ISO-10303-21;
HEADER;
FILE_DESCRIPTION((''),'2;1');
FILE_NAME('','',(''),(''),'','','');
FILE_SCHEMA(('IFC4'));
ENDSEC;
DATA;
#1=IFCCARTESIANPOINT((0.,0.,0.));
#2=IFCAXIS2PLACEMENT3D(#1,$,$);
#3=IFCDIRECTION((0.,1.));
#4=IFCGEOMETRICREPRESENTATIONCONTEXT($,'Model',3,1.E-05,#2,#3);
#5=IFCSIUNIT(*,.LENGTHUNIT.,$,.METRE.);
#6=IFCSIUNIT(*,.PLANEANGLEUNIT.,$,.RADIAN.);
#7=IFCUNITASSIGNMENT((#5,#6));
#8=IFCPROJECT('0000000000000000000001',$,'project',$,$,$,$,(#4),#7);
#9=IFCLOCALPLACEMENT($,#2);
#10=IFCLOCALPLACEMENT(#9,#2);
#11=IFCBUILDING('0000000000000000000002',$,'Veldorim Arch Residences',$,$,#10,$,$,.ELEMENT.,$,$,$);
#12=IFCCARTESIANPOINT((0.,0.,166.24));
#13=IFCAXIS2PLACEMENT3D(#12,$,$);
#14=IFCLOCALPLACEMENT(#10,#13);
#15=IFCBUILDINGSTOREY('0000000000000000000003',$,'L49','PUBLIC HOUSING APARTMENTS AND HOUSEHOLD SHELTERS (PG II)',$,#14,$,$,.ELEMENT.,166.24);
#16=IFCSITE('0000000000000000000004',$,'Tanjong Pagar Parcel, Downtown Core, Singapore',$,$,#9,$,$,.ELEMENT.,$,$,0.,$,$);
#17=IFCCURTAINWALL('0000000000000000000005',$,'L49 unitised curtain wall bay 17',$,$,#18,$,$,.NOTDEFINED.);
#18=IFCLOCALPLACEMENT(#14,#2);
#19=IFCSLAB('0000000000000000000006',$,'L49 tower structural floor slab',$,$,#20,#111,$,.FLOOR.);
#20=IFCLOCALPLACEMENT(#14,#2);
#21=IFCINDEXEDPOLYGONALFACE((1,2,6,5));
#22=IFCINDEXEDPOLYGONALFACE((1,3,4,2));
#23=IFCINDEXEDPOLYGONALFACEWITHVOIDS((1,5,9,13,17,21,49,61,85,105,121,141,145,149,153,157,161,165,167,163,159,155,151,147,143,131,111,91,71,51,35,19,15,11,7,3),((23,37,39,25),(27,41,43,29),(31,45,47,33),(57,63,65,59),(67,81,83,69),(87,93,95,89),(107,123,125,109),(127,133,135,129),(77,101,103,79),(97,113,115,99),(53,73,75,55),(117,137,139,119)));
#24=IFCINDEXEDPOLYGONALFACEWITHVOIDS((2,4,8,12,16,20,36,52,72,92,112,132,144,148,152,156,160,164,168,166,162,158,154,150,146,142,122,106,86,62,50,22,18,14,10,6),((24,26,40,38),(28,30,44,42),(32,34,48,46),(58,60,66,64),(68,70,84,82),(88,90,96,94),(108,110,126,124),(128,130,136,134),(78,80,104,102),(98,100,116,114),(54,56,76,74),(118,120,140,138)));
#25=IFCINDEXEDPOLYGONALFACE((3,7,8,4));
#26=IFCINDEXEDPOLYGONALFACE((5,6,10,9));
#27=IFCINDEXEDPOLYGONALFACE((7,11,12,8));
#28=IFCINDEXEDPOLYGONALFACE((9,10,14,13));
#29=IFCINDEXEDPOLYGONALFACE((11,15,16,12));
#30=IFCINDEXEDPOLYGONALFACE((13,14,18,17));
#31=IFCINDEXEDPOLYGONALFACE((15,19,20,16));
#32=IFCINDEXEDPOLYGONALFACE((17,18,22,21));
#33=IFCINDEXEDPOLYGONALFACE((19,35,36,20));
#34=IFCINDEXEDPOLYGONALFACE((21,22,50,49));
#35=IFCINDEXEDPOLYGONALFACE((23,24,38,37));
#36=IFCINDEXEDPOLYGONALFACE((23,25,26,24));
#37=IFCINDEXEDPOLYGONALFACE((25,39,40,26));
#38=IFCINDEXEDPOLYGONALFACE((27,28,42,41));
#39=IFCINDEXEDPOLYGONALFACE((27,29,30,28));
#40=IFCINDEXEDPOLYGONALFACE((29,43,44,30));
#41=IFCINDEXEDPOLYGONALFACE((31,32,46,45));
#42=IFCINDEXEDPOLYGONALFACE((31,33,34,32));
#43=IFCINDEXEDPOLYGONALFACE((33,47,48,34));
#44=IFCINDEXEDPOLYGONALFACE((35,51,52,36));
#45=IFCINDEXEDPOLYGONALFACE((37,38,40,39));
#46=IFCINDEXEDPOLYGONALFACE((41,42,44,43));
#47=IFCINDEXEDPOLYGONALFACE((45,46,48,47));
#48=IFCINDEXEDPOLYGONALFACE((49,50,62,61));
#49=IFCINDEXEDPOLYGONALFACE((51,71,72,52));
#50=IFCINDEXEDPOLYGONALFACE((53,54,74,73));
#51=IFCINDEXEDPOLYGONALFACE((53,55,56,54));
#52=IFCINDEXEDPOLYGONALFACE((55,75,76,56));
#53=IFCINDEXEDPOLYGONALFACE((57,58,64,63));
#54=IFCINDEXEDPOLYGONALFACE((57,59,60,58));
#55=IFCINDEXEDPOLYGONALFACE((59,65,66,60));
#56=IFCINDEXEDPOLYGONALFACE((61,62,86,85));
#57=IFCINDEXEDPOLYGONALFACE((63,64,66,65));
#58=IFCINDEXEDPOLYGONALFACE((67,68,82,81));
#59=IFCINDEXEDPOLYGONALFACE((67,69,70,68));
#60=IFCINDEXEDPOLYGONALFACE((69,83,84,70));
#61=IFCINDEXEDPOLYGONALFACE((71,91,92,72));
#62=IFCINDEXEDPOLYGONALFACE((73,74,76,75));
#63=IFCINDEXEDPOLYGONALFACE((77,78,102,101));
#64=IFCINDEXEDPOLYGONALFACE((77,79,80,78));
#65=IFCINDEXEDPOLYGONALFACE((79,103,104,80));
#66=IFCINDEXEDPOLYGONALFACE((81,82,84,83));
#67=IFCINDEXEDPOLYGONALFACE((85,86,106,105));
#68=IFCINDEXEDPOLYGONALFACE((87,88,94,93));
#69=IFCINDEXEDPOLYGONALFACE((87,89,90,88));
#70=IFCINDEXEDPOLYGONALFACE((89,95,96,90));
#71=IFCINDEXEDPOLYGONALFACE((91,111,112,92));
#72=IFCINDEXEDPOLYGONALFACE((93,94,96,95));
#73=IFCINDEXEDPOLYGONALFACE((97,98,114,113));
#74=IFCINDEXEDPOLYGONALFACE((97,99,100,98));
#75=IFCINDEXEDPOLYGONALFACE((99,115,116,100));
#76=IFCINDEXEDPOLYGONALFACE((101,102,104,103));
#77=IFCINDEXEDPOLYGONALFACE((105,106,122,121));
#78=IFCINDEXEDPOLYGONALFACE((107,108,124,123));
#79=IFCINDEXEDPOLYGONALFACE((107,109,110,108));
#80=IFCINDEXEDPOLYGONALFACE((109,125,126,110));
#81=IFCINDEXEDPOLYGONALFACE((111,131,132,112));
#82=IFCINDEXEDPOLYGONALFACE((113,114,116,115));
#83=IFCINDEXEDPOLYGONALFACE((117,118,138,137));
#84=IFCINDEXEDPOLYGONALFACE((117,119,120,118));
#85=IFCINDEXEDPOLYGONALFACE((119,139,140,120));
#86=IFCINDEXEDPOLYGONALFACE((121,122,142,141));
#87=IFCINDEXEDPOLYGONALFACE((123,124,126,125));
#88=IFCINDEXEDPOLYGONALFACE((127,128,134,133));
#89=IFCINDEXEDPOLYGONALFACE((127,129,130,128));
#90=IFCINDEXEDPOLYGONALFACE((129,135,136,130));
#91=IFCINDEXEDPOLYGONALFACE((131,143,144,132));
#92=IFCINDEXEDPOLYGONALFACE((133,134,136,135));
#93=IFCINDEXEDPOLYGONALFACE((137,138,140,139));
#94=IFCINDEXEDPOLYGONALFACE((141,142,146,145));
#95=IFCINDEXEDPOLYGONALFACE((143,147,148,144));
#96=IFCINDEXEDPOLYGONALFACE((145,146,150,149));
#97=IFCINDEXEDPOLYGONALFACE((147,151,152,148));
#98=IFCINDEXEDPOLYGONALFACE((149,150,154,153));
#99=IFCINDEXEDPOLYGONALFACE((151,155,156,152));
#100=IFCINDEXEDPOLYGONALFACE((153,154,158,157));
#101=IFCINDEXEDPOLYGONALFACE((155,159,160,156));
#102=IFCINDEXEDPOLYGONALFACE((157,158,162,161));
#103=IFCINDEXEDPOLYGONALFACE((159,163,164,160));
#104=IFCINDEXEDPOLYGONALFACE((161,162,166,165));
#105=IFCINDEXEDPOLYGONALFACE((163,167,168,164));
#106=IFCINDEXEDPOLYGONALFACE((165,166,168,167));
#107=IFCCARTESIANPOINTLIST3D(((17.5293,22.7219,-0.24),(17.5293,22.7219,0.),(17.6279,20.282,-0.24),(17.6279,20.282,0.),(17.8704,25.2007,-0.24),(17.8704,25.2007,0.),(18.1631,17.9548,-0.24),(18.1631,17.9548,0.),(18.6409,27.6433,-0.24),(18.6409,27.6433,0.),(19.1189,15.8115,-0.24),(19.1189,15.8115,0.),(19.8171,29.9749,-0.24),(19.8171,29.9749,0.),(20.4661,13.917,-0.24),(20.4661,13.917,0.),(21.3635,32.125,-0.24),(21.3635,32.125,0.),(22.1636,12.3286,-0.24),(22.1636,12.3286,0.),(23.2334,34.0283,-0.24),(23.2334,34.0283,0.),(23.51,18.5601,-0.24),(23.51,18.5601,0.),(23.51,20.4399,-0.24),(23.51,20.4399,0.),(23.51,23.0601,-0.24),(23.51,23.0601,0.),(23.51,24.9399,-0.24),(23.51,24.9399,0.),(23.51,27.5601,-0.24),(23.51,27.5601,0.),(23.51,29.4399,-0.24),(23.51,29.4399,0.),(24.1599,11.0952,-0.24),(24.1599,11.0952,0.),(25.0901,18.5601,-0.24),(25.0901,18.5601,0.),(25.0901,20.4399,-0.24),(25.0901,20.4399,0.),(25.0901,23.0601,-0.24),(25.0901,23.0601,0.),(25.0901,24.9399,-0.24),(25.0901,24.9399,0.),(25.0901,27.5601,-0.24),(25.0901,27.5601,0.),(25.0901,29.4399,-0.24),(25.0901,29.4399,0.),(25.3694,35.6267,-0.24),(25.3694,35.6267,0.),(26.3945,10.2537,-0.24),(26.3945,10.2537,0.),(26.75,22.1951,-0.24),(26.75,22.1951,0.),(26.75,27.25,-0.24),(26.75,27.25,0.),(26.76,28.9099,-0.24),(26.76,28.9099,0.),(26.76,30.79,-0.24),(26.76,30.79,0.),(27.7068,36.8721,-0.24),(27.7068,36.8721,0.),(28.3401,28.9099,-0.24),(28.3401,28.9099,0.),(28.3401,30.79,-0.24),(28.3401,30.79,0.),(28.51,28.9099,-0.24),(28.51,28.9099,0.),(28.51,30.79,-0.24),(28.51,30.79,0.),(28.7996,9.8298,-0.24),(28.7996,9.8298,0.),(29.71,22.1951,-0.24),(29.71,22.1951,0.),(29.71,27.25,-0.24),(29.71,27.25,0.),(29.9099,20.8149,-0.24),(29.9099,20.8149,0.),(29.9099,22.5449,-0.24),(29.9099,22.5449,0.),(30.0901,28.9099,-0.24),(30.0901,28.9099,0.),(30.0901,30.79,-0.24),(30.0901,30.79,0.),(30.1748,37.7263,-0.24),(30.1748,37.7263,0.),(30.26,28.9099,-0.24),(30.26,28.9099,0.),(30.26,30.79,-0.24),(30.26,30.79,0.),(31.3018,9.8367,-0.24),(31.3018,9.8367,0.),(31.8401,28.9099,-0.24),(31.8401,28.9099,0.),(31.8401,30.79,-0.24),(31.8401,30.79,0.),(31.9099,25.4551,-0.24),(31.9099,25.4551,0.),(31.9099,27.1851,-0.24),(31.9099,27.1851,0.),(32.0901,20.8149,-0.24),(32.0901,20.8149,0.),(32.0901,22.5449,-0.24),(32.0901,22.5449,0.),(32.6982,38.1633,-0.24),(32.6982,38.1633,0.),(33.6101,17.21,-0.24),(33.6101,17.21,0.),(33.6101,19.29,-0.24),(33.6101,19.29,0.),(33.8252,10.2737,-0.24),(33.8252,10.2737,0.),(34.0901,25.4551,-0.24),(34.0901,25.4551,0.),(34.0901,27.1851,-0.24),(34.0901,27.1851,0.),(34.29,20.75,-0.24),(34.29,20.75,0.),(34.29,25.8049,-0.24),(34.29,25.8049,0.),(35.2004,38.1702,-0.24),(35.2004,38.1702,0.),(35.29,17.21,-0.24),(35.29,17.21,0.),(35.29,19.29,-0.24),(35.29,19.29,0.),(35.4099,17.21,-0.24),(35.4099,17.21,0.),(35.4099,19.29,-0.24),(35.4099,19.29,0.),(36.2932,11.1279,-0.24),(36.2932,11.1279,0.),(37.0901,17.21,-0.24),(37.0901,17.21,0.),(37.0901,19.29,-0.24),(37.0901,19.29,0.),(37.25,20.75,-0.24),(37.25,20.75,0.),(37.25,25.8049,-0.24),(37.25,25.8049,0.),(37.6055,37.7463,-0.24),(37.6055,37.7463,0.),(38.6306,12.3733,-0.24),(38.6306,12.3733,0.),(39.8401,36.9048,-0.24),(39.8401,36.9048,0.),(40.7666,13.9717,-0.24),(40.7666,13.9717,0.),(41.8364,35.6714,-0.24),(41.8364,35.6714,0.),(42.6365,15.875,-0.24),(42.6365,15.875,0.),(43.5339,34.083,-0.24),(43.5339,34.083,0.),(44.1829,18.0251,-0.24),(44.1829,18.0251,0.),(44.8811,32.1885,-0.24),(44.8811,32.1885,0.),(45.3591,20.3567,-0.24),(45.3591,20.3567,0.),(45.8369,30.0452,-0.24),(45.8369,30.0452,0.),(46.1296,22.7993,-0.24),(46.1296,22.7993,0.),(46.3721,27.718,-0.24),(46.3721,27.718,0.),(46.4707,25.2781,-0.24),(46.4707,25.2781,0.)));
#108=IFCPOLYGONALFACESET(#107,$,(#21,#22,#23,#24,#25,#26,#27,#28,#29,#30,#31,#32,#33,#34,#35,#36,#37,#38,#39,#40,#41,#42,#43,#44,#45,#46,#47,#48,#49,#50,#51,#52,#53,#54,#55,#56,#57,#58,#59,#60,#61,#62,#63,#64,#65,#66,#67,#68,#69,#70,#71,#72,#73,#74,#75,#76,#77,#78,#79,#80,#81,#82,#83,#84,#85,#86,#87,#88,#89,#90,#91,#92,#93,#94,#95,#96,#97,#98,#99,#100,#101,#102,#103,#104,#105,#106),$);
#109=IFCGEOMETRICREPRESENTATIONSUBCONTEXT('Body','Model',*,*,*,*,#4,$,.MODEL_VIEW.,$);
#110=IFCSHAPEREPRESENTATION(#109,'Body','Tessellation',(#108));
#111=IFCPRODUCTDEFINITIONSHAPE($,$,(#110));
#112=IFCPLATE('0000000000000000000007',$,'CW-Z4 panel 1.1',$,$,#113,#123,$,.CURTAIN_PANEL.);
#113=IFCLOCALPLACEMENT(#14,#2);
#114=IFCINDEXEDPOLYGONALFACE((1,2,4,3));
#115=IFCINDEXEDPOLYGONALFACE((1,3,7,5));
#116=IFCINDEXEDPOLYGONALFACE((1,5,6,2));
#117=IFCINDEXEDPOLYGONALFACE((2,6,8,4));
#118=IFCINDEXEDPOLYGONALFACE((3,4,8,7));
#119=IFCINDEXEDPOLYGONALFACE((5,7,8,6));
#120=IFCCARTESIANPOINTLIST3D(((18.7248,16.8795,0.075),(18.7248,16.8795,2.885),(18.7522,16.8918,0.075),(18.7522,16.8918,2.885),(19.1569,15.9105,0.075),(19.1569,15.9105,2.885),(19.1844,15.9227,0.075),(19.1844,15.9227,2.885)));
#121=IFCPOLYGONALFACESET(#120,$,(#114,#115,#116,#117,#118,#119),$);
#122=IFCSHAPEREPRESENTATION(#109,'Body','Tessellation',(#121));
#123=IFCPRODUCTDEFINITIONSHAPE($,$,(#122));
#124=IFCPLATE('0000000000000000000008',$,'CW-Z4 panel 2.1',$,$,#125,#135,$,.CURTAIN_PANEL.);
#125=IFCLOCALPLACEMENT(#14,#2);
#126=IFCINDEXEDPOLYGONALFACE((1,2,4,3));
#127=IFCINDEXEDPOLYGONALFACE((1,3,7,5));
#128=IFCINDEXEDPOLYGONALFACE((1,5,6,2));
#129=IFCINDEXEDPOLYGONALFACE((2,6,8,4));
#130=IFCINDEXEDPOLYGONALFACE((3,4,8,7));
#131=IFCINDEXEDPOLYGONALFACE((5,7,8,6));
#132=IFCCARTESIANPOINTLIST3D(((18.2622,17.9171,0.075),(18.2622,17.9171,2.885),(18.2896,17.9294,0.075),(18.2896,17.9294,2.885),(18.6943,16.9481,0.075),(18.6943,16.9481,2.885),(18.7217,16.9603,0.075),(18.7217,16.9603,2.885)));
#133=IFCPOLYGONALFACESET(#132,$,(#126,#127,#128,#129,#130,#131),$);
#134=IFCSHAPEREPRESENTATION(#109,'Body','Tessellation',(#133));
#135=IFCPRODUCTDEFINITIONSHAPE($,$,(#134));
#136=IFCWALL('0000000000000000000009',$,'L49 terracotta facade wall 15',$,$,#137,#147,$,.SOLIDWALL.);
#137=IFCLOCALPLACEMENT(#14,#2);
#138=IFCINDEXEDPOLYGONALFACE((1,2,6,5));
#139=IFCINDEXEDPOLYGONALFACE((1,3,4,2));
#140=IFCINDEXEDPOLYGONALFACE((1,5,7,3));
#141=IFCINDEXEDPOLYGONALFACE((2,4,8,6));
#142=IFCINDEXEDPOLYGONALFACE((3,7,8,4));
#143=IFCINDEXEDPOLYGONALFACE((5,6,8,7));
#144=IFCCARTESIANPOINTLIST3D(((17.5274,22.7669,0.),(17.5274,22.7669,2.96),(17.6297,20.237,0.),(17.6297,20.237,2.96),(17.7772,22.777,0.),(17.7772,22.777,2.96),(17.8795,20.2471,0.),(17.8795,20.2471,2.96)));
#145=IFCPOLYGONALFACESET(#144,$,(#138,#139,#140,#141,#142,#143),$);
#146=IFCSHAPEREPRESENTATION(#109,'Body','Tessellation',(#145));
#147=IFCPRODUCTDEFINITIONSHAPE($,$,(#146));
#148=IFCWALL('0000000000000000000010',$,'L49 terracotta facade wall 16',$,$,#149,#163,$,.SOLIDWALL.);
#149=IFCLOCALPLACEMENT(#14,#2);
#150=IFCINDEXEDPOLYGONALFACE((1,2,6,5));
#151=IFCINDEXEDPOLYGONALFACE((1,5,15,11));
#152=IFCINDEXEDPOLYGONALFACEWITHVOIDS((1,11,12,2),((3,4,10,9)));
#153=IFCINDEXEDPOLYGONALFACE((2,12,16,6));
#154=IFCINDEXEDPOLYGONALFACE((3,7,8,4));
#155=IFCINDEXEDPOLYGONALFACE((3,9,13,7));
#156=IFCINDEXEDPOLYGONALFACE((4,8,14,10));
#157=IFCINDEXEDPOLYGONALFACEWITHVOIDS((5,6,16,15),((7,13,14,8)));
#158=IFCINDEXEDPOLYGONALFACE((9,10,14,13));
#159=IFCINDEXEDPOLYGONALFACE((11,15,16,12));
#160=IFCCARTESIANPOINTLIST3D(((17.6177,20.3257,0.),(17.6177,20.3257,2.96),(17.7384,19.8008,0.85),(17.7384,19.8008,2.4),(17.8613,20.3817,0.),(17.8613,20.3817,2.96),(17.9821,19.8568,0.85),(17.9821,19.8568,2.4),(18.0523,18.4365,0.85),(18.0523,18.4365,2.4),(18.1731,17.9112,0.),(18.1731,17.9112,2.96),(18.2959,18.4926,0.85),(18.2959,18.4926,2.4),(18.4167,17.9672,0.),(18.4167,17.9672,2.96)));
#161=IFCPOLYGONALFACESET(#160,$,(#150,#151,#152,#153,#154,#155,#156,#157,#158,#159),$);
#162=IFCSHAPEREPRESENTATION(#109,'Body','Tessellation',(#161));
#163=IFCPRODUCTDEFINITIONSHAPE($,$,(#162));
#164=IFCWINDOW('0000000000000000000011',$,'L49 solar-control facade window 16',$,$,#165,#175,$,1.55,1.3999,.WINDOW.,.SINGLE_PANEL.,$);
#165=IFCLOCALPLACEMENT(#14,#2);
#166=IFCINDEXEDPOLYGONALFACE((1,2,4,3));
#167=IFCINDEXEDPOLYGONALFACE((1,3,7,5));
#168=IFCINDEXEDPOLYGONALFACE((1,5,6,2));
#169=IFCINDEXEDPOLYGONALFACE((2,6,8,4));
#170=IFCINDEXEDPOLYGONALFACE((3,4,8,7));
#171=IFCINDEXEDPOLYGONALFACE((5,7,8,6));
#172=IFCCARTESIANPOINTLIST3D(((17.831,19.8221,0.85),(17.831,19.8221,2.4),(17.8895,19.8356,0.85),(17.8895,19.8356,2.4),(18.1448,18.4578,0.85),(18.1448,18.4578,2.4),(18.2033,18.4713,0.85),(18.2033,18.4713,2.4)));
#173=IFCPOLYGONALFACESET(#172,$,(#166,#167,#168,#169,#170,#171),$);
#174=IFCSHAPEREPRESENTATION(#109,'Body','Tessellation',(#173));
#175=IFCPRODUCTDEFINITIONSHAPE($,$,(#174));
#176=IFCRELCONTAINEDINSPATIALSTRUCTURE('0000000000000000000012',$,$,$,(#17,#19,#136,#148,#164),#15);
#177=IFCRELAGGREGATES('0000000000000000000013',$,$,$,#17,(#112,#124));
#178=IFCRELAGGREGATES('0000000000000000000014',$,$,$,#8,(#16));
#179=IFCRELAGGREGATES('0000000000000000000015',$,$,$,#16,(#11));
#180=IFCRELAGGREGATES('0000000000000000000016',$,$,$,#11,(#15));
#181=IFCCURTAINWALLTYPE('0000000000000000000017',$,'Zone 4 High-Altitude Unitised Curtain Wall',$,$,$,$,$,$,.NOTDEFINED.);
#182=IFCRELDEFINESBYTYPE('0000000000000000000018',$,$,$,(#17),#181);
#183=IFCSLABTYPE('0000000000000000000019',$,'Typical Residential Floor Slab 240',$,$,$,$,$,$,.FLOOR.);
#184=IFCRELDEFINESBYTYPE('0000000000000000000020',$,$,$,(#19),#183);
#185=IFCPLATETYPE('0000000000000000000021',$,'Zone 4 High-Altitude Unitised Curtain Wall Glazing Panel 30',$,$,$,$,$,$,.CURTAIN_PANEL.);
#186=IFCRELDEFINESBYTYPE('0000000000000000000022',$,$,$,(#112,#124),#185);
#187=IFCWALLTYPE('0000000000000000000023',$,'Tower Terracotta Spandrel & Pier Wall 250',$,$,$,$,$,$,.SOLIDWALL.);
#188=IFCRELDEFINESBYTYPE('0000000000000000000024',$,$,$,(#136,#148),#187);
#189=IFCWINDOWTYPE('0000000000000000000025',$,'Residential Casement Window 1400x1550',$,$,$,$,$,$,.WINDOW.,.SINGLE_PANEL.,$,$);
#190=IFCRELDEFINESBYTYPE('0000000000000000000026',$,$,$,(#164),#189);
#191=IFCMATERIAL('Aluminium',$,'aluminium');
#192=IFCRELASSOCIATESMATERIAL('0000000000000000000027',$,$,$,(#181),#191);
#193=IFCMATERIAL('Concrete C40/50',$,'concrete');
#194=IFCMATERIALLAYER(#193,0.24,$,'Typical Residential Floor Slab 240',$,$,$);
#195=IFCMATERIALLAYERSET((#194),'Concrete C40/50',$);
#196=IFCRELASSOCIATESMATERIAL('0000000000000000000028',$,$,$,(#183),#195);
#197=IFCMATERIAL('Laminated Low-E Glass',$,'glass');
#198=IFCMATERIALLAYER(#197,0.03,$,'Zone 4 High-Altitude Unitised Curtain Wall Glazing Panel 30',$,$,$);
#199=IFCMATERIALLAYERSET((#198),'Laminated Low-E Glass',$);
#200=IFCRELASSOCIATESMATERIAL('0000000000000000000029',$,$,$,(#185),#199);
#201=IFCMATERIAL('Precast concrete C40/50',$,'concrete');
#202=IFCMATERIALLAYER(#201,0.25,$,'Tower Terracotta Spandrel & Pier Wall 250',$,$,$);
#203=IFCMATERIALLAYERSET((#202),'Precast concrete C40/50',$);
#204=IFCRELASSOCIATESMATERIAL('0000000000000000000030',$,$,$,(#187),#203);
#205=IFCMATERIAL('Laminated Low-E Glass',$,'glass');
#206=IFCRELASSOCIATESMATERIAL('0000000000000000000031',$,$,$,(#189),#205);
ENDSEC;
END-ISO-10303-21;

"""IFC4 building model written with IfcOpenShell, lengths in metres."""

from ifc_helpers import new_model, si_unit, direction, frame, frame_2d, origin, origin_2d, place, context, subcontext, project, spatial, polyline, rectangle, outline, extrude, material, layer, layer_set, type_object, element, fill, aggregate, save


model = new_model("IFC4")

# Units and contexts
model_context = context("Model", 3, precision=1e-05, world=origin(), true_north=direction((0.0, 1.0)))
body_context = subcontext(model_context, "Body", "Model", "MODEL_VIEW")
ifc_project = project(units=[si_unit("LENGTHUNIT", "METRE"), si_unit("PLANEANGLEUNIT", "RADIAN")], contexts=[model_context])

# Site, building, storey
site_placement = place(None, origin())
site = spatial("IfcSite", under=ifc_project, at=site_placement, Name="Tanjong Pagar Parcel, Downtown Core, Singapore", CompositionType="ELEMENT", RefElevation=0.0)
building_placement = place(site_placement, origin())
building = spatial("IfcBuilding", under=site, at=building_placement, Name="Veldorim Arch Residences", CompositionType="ELEMENT")
storey_placement = place(building_placement, frame((0.0, 0.0, 166.24)))
storey = spatial("IfcBuildingStorey", under=building, at=storey_placement, Name="L49", Description="PUBLIC HOUSING APARTMENTS AND HOUSEHOLD SHELTERS (PG II)", CompositionType="ELEMENT", Elevation=166.24)

# Curtain wall
ifc_material_1 = material(Name="Aluminium", Category="aluminium")
curtain_wall_type = type_object("IfcCurtainWallType", Name="Zone 4 High-Altitude Unitised Curtain Wall", PredefinedType="NOTDEFINED", material=ifc_material_1)
curtain_wall_placement = place(storey_placement, origin())
curtain_wall = element("IfcCurtainWall", 1, at=curtain_wall_placement, inside=storey, type_object=curtain_wall_type, Name="L49 unitised curtain wall bay 17", PredefinedType="NOTDEFINED")

# Slab
ifc_material_2 = material(Name="Concrete C40/50", Category="concrete")
ifc_layer_1 = layer(ifc_material_2, 0.24, Name="Typical Residential Floor Slab 240")
ifc_layer_set_1 = layer_set([ifc_layer_1], Name="Concrete C40/50")
slab_type_1 = type_object("IfcSlabType", Name="Typical Residential Floor Slab 240", PredefinedType="FLOOR", material=ifc_layer_set_1)
slab_1_placement = place(storey_placement, frame((0.0, 0.0, -0.24)))
element("IfcSlab", 2, at=slab_1_placement, inside=storey, type_object=slab_type_1, Name="L49 tower structural floor slab", PredefinedType="FLOOR", context=body_context, shape_type="SweptSolid", body=[
    extrude(outline(polyline([(43.5339, 34.083), (41.8364, 35.6714), (39.8401, 36.9048), (37.6055, 37.7463), (35.2004, 38.1702), (32.6982, 38.1633), (30.1748, 37.7263), (27.7068, 36.8721), (25.3694, 35.6267), (23.2334, 34.0283), (21.3635, 32.125), (19.8171, 29.9749), (18.6409, 27.6433), (17.8704, 25.2007), (17.5293, 22.7219), (17.6279, 20.282), (18.1631, 17.9548), (19.1189, 15.8115), (20.4661, 13.917), (22.1636, 12.3286), (24.1599, 11.0952), (26.3945, 10.2537), (28.7996, 9.8298), (31.3018, 9.8367), (33.8252, 10.2737), (36.2932, 11.1279), (38.6306, 12.3733), (40.7666, 13.9717), (42.6365, 15.875), (44.1829, 18.0251), (45.3591, 20.3567), (46.1296, 22.7993), (46.4707, 25.2781), (46.3721, 27.718), (45.8369, 30.0452), (44.8811, 32.1885), (43.5339, 34.083)]), holes=[polyline([(23.51, 18.5601), (23.51, 20.4399), (25.0901, 20.4399), (25.0901, 18.5601), (23.51, 18.5601)]), polyline([(23.51, 24.9399), (25.0901, 24.9399), (25.0901, 23.0601), (23.51, 23.0601), (23.51, 24.9399)]), polyline([(26.75, 27.25), (29.71, 27.25), (29.71, 22.1951), (26.75, 22.1951), (26.75, 27.25)]), polyline([(23.51, 27.5601), (23.51, 29.4399), (25.0901, 29.4399), (25.0901, 27.5601), (23.51, 27.5601)]), polyline([(26.76, 30.79), (28.3401, 30.79), (28.3401, 28.9099), (26.76, 28.9099), (26.76, 30.79)]), polyline([(28.51, 30.79), (30.0901, 30.79), (30.0901, 28.9099), (28.51, 28.9099), (28.51, 30.79)]), polyline([(33.6101, 17.21), (33.6101, 19.29), (35.29, 19.29), (35.29, 17.21), (33.6101, 17.21)]), polyline([(35.4099, 19.29), (37.0901, 19.29), (37.0901, 17.21), (35.4099, 17.21), (35.4099, 19.29)]), polyline([(29.9099, 22.5449), (32.0901, 22.5449), (32.0901, 20.8149), (29.9099, 20.8149), (29.9099, 22.5449)]), polyline([(34.29, 20.75), (34.29, 25.8049), (37.25, 25.8049), (37.25, 20.75), (34.29, 20.75)]), polyline([(31.9099, 27.1851), (34.0901, 27.1851), (34.0901, 25.4551), (31.9099, 25.4551), (31.9099, 27.1851)]), polyline([(30.26, 30.79), (31.8401, 30.79), (31.8401, 28.9099), (30.26, 28.9099), (30.26, 30.79)])]), origin(), (0.0, 0.0, 1.0), 0.24),
])

# Plates
ifc_material_3 = material(Name="Laminated Low-E Glass", Category="glass")
ifc_layer_2 = layer(ifc_material_3, 0.03, Name="Zone 4 High-Altitude Unitised Curtain Wall Glazing Panel 30")
ifc_layer_set_2 = layer_set([ifc_layer_2], Name="Laminated Low-E Glass")
plate_type = type_object("IfcPlateType", Name="Zone 4 High-Altitude Unitised Curtain Wall Glazing Panel 30", PredefinedType="CURTAIN_PANEL", material=ifc_layer_set_2)
plate_1_placement = place(storey_placement, frame((18.9546, 16.4011, 0.075), z_axis=(0.0, 0.0, 1.0), x_axis=(-0.407269, 0.913308, 0.0)))
plate_1 = element("IfcPlate", 3, at=plate_1_placement, type_object=plate_type, Name="CW-Z4 panel 1.1", PredefinedType="CURTAIN_PANEL", context=body_context, shape_type="SweptSolid", body=[
    extrude(rectangle(XDim=1.061, YDim=0.03, at=origin_2d()), origin(), (0.0, 0.0, 1.0), 2.8101),
])
plate_2_placement = place(storey_placement, frame((18.4919, 17.4387, 0.075), z_axis=(0.0, 0.0, 1.0), x_axis=(-0.407269, 0.913308, 0.0)))
plate_2 = element("IfcPlate", 4, at=plate_2_placement, type_object=plate_type, Name="CW-Z4 panel 2.1", PredefinedType="CURTAIN_PANEL", context=body_context, shape_type="SweptSolid", body=[
    extrude(rectangle(XDim=1.061, YDim=0.03, at=origin_2d()), origin(), (0.0, 0.0, 1.0), 2.8101),
])
aggregate(curtain_wall, [plate_1, plate_2])

# Wall
ifc_material_4 = material(Name="Precast concrete C40/50", Category="concrete")
ifc_layer_3 = layer(ifc_material_4, 0.25, Name="Tower Terracotta Spandrel & Pier Wall 250")
ifc_layer_set_3 = layer_set([ifc_layer_3], Name="Precast concrete C40/50")
wall_type = type_object("IfcWallType", Name="Tower Terracotta Spandrel & Pier Wall 250", PredefinedType="SOLIDWALL", material=ifc_layer_set_3)
wall_1_placement = place(storey_placement, frame((17.7546, 20.2419, 0.0), z_axis=(0.0, 0.0, 1.0), x_axis=(-0.040399, 0.999184, 0.0)))
element("IfcWall", 5, at=wall_1_placement, inside=storey, type_object=wall_type, Name="L49 terracotta facade wall 15", PredefinedType="SOLIDWALL", context=body_context, shape_type="SweptSolid", body=[
    extrude(rectangle(XDim=2.532, YDim=0.25, at=frame_2d((1.2661, 0.0))), origin(), (0.0, 0.0, 1.0), 2.96),
])

# Wall, opening, window
wall_2_placement = place(storey_placement, frame((18.2949, 17.9392, 0.0), z_axis=(0.0, 0.0, 1.0), x_axis=(-0.224176, 0.974549, 0.0)))
wall_2 = element("IfcWall", 6, at=wall_2_placement, inside=storey, type_object=wall_type, Name="L49 terracotta facade wall 16", PredefinedType="SOLIDWALL", context=body_context, shape_type="SweptSolid", body=[
    extrude(rectangle(XDim=2.4775, YDim=0.25, at=frame_2d((1.2388, 0.0))), origin(), (0.0, 0.0, 1.0), 2.96),
])
opening_placement = place(wall_2_placement, frame((0.5391, 0.0, 0.8501)))
opening = element("IfcOpeningElement", 7, at=opening_placement, cuts=wall_2, PredefinedType="OPENING", context=body_context, shape_type="SweptSolid", body=[
    extrude(rectangle(XDim=1.3999, YDim=1.55, at=frame_2d((0.7, 0.7749))), frame((0.0, 0.135, 0.0), z_axis=(0.0, -1.0, 0.0), x_axis=(1.0, 0.0, 0.0)), (0.0, 0.0, 1.0), 0.27),
])
ifc_material_5 = material(Name="Laminated Low-E Glass", Category="glass")
window_type = type_object("IfcWindowType", Name="Residential Casement Window 1400x1550", PartitioningType="SINGLE_PANEL", PredefinedType="WINDOW", material=ifc_material_5)
window_placement = place(opening_placement, origin())
window = element("IfcWindow", 8, at=window_placement, inside=storey, type_object=window_type, Name="L49 solar-control facade window 16", OverallHeight=1.55, OverallWidth=1.3999, PartitioningType="SINGLE_PANEL", PredefinedType="WINDOW", context=body_context, shape_type="SweptSolid", body=[
    extrude(rectangle(XDim=1.3999, YDim=1.55, at=frame_2d((0.7, 0.7749))), frame((0.0, 0.03, 0.0), z_axis=(0.0, -1.0, 0.0), x_axis=(1.0, 0.0, 0.0)), (0.0, 0.0, 1.0), 0.0601),
])
fill(opening, window)

save(model, "model.ifc")
